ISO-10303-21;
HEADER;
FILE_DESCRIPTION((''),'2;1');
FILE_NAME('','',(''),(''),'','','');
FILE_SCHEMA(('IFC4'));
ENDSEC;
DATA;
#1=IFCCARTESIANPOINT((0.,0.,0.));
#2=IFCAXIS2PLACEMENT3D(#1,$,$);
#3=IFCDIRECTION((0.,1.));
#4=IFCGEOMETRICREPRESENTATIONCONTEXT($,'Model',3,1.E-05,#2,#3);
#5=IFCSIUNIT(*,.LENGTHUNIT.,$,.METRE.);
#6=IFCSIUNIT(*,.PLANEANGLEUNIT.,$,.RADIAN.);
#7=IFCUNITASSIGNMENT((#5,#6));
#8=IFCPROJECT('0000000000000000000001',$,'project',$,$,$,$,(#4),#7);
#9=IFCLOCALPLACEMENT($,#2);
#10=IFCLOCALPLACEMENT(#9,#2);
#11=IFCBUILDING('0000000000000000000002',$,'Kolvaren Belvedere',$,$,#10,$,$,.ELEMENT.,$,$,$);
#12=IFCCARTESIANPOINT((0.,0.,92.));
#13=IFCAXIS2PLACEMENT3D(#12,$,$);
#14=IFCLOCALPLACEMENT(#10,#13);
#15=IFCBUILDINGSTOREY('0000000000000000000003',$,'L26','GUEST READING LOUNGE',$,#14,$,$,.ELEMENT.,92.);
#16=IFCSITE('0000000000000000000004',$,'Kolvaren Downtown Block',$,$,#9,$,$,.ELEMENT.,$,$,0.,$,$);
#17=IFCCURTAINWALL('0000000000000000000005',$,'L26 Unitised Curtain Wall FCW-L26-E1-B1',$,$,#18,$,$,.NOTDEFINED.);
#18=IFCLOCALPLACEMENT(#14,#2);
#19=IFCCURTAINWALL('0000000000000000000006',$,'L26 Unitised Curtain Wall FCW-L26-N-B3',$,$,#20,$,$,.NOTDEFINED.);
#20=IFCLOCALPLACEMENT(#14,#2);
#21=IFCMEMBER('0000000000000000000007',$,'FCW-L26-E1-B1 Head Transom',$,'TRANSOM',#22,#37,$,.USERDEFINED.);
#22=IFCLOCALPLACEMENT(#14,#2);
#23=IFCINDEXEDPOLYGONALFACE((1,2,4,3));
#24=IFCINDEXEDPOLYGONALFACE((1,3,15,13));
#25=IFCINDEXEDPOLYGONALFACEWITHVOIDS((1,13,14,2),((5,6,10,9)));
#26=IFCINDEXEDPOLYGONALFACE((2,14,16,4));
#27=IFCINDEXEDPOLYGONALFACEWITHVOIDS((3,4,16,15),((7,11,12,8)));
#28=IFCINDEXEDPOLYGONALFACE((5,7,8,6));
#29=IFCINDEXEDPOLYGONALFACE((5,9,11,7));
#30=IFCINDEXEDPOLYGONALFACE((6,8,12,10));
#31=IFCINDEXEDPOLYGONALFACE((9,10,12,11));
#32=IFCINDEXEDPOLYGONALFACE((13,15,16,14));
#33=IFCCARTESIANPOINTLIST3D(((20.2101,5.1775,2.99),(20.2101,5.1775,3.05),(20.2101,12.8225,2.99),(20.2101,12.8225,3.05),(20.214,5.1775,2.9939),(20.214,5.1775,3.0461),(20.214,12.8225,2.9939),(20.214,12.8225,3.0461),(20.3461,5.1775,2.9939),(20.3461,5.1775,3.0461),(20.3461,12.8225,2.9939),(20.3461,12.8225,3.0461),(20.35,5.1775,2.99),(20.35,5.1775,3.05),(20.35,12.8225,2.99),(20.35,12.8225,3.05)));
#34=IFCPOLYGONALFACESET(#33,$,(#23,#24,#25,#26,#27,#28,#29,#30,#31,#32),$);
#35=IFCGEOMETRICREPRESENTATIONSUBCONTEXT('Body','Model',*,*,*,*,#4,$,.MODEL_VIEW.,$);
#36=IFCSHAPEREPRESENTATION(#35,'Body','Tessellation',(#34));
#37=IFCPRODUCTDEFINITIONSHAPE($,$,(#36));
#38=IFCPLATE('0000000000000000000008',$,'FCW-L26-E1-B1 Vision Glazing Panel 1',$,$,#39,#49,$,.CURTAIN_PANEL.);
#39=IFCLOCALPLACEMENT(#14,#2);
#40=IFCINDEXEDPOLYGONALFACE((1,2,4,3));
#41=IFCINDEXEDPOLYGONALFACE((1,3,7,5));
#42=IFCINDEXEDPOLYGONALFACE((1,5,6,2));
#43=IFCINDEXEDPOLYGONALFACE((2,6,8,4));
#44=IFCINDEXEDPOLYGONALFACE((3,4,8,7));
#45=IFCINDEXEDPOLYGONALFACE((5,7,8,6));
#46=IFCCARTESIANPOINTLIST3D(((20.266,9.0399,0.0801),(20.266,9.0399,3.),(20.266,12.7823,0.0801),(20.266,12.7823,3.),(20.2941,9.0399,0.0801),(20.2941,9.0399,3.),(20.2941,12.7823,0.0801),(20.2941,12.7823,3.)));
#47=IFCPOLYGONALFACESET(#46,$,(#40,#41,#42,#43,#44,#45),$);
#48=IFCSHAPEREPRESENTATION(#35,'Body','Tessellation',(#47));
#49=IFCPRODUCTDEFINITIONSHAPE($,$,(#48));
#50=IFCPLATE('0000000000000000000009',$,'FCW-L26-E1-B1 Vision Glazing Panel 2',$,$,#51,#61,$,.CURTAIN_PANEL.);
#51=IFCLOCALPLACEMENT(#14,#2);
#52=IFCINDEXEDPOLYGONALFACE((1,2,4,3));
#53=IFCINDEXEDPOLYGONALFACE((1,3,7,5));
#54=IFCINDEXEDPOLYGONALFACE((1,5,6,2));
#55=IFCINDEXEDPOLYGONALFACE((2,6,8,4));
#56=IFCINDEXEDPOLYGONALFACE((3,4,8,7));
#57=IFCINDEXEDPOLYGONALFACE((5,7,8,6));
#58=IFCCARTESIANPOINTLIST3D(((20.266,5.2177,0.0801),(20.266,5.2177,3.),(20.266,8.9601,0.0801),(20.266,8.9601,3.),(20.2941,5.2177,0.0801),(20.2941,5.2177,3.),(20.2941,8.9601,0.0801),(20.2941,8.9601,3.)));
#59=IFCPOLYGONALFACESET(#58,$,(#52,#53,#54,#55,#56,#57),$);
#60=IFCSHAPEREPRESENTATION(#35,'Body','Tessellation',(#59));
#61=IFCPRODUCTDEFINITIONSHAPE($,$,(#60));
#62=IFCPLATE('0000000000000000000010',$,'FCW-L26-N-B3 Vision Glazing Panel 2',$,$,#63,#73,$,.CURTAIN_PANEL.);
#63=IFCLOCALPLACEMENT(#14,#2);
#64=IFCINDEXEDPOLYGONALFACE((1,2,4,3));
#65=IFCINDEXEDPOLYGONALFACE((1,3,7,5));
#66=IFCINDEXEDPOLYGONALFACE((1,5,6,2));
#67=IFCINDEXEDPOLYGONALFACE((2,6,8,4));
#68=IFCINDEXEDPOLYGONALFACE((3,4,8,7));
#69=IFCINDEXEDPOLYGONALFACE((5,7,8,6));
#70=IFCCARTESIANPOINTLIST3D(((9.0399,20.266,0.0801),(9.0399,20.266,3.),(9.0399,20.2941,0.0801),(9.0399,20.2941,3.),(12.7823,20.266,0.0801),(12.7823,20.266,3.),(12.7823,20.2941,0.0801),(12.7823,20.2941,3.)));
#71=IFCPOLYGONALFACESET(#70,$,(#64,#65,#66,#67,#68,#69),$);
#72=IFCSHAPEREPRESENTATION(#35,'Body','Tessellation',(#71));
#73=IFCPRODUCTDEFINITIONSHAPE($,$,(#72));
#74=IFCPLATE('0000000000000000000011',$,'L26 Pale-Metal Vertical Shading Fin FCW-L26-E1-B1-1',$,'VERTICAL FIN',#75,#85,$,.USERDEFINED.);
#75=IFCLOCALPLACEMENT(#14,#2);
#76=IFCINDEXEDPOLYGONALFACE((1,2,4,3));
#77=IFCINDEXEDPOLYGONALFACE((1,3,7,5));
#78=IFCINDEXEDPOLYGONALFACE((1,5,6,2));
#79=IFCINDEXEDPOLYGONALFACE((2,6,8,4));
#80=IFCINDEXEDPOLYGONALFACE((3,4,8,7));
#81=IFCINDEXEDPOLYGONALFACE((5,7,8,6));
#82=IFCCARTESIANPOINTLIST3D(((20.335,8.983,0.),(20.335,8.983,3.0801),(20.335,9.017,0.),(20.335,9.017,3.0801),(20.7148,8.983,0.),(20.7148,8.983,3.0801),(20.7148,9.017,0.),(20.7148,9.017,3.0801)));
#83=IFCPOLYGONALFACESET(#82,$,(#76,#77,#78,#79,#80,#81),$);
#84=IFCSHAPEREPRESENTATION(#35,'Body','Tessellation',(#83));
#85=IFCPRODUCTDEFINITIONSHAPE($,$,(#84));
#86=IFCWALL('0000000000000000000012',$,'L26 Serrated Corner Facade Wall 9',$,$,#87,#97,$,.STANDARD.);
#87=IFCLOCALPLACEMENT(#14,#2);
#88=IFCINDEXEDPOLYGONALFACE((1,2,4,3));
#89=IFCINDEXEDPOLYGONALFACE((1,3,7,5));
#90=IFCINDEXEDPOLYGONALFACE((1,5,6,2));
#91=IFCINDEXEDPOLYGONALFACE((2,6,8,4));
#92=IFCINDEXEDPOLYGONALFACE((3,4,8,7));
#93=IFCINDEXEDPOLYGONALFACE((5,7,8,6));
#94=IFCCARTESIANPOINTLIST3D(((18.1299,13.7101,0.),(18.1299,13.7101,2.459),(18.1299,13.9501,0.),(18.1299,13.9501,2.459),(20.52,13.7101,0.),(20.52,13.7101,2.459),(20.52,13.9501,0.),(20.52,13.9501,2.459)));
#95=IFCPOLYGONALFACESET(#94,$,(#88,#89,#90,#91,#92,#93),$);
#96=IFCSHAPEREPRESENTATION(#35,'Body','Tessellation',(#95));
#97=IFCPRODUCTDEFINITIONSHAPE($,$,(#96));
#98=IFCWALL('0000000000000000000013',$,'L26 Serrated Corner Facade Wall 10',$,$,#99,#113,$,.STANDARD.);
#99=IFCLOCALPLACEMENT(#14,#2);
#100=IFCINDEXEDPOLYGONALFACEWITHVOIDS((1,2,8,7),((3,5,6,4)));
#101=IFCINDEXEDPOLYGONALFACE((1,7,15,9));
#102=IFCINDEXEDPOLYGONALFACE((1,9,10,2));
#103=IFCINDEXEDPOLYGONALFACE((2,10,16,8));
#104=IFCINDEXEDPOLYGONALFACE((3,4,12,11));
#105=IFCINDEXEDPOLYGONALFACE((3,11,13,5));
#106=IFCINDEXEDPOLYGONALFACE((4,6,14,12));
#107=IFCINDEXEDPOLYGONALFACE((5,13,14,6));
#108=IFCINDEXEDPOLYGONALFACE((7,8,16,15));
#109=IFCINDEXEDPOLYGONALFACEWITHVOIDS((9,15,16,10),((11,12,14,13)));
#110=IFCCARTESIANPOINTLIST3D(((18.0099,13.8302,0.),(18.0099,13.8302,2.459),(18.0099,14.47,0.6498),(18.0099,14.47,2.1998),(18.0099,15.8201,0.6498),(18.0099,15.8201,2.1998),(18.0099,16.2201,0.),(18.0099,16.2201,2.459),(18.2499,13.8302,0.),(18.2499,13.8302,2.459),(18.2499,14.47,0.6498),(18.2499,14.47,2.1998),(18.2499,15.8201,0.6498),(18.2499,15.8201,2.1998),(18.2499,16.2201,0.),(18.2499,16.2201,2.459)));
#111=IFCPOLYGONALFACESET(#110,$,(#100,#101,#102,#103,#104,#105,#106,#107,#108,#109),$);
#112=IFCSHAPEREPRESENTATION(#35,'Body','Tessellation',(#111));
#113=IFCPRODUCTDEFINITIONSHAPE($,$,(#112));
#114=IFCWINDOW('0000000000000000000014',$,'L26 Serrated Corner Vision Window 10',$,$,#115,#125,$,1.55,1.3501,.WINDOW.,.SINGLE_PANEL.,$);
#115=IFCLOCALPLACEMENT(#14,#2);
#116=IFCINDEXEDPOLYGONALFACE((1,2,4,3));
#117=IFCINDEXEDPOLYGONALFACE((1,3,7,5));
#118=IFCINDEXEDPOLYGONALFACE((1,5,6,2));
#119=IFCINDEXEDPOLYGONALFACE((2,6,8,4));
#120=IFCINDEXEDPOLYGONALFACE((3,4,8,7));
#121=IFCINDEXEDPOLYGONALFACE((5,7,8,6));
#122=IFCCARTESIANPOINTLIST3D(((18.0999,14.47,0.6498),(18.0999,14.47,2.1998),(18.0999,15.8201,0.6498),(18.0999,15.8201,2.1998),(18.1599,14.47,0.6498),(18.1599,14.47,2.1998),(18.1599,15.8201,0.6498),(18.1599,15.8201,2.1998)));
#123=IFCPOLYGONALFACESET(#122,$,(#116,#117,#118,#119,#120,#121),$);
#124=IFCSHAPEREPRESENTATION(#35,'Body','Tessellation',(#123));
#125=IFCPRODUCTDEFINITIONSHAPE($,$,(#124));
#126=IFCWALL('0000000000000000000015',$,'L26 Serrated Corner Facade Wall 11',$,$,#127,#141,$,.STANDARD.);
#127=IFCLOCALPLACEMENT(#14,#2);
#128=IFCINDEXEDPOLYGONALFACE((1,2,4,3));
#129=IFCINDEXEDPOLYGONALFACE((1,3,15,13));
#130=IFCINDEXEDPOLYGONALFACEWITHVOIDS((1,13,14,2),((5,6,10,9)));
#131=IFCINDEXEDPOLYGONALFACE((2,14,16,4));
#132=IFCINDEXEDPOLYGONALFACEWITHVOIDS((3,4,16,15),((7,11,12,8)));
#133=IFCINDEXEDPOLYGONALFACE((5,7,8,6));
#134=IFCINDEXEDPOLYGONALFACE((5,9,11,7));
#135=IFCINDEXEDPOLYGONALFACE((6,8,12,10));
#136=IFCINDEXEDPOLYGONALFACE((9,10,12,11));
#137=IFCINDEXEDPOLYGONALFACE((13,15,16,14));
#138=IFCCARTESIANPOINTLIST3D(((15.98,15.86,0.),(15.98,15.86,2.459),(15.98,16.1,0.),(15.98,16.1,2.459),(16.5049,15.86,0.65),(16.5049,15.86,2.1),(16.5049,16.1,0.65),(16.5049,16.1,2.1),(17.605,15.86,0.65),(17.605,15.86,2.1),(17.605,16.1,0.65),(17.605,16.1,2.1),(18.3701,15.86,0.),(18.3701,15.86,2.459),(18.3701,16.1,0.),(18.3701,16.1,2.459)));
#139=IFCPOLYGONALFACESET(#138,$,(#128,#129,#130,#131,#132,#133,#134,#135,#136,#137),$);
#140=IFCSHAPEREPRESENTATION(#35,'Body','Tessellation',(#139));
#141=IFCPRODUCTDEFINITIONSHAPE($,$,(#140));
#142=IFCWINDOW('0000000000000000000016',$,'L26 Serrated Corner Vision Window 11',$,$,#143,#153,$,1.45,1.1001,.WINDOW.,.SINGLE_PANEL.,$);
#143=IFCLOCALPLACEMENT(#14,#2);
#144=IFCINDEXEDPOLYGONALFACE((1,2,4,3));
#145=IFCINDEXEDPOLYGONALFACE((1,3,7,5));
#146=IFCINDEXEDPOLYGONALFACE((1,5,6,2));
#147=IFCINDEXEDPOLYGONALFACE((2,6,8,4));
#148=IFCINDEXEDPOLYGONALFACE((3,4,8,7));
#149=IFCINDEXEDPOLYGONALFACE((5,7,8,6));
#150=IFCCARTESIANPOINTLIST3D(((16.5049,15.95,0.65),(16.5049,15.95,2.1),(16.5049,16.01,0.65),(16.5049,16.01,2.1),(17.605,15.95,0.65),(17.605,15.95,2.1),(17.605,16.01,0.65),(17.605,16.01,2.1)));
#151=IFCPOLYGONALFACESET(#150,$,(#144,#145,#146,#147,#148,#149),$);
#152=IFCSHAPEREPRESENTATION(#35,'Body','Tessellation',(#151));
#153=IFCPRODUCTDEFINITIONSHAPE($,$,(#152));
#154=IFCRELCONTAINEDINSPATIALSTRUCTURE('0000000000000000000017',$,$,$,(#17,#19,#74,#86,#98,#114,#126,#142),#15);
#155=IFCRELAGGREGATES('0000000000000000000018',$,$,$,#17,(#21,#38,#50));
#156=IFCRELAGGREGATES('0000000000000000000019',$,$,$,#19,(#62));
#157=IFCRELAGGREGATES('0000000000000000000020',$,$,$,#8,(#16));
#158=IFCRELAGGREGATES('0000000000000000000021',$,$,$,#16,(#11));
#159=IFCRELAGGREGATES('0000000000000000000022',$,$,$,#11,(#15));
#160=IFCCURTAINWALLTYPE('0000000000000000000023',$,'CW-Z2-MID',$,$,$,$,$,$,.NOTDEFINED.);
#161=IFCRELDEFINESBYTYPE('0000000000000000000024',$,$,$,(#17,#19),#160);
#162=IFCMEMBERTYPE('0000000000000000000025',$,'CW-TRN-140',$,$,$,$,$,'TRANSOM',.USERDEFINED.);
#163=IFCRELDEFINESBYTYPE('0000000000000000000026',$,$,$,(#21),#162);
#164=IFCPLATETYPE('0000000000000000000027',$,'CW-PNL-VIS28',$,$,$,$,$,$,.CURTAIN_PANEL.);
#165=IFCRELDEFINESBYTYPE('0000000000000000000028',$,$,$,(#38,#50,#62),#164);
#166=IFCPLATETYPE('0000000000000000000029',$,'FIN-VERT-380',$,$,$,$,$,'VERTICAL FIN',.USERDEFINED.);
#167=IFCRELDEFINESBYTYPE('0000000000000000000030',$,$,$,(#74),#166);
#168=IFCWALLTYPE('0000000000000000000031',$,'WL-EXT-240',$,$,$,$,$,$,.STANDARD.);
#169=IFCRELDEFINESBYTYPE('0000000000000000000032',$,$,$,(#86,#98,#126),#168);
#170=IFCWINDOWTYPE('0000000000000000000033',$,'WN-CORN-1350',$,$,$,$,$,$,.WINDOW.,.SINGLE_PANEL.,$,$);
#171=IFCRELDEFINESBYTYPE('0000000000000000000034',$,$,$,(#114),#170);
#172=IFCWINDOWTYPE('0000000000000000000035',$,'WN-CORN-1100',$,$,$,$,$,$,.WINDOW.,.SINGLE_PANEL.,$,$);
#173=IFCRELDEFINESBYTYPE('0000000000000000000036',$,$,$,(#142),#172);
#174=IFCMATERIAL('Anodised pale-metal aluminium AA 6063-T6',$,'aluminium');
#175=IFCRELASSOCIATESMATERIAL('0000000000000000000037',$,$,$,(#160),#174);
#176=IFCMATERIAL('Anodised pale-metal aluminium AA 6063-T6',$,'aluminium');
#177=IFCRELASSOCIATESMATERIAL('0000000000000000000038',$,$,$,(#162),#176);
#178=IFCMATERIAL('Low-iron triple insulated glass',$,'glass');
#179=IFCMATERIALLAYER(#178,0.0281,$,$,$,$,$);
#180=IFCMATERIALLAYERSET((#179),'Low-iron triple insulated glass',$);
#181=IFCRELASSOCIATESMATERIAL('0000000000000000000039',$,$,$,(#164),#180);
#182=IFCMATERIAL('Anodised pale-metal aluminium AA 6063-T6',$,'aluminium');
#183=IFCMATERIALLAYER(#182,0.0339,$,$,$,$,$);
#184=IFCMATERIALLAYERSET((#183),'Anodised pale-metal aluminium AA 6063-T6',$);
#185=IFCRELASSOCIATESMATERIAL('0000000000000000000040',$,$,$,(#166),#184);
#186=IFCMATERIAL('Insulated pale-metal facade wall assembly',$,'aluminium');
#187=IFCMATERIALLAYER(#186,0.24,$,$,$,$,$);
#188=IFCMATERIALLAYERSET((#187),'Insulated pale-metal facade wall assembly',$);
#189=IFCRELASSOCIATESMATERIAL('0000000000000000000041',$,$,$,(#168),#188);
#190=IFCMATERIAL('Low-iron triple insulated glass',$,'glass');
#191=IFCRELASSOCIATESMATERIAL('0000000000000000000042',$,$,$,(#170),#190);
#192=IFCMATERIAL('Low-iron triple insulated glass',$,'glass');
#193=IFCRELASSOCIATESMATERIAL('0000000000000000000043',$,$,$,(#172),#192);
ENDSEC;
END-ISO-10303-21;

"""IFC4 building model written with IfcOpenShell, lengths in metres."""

from ifc_helpers import new_model, si_unit, direction, frame, frame_2d, origin, origin_2d, place, context, subcontext, project, spatial, rectangle, hollow_rectangle, extrude, material, layer, layer_set, material_profile, profile_set, type_object, element, fill, aggregate, save


model = new_model("IFC4")

# Units and contexts
model_context = context("Model", 3, precision=1e-05, world=origin(), true_north=direction((0.0, 1.0)))
body_context = subcontext(model_context, "Body", "Model", "MODEL_VIEW")
ifc_project = project(units=[si_unit("LENGTHUNIT", "METRE"), si_unit("PLANEANGLEUNIT", "RADIAN")], contexts=[model_context])

# Site, building, storey
site_placement = place(None, origin())
site = spatial("IfcSite", under=ifc_project, at=site_placement, Name="Kolvaren Downtown Block", CompositionType="ELEMENT", RefElevation=0.0)
building_placement = place(site_placement, origin())
building = spatial("IfcBuilding", under=site, at=building_placement, Name="Kolvaren Belvedere", CompositionType="ELEMENT")
storey_placement = place(building_placement, frame((0.0, 0.0, 92.0)))
storey = spatial("IfcBuildingStorey", under=building, at=storey_placement, Name="L26", Description="GUEST READING LOUNGE", CompositionType="ELEMENT", Elevation=92.0)

# Curtain wall
ifc_material_1 = material(Name="Anodised pale-metal aluminium AA 6063-T6", Category="aluminium")
curtain_wall_type = type_object("IfcCurtainWallType", Name="CW-Z2-MID", PredefinedType="NOTDEFINED", material=ifc_material_1)
curtain_wall_1_placement = place(storey_placement, origin())
curtain_wall_1 = element("IfcCurtainWall", 1, at=curtain_wall_1_placement, inside=storey, type_object=curtain_wall_type, Name="L26 Unitised Curtain Wall FCW-L26-E1-B1", PredefinedType="NOTDEFINED")

# Curtain wall
curtain_wall_2_placement = place(storey_placement, origin())
curtain_wall_2 = element("IfcCurtainWall", 2, at=curtain_wall_2_placement, inside=storey, type_object=curtain_wall_type, Name="L26 Unitised Curtain Wall FCW-L26-N-B3", PredefinedType="NOTDEFINED")

# Member
ifc_material_2 = material(Name="Anodised pale-metal aluminium AA 6063-T6", Category="aluminium")
ifc_material_profile_1 = material_profile(ifc_material_2, hollow_rectangle(XDim=0.0601, YDim=0.1399, WallThickness=0.0039, at=origin_2d()), Name="ALU-TRN-140X60")
ifc_profile_set_1 = profile_set([ifc_material_profile_1], Name="Anodised pale-metal aluminium AA 6063-T6")
member_type_1 = type_object("IfcMemberType", Name="CW-TRN-140", ElementType="TRANSOM", PredefinedType="USERDEFINED", material=ifc_profile_set_1)
member_1_placement = place(storey_placement, frame((20.28, 12.8225, 3.02), z_axis=(0.0, -1.0, 0.0), x_axis=(0.0, 0.0, 1.0)))
member_1 = element("IfcMember", 3, at=member_1_placement, type_object=member_type_1, Name="FCW-L26-E1-B1 Head Transom", ObjectType="TRANSOM", PredefinedType="USERDEFINED", context=body_context, shape_type="SweptSolid", body=[
    extrude(hollow_rectangle(XDim=0.0601, YDim=0.1399, WallThickness=0.0039, at=origin_2d()), origin(), (0.0, 0.0, 1.0), 7.645),
])

# Plates
ifc_material_3 = material(Name="Low-iron triple insulated glass", Category="glass")
ifc_layer_1 = layer(ifc_material_3, 0.0281)
ifc_layer_set_1 = layer_set([ifc_layer_1], Name="Low-iron triple insulated glass")
plate_type_1 = type_object("IfcPlateType", Name="CW-PNL-VIS28", PredefinedType="CURTAIN_PANEL", material=ifc_layer_set_1)
plate_1_placement = place(storey_placement, frame((20.28, 10.9111, 0.0801), z_axis=(0.0, 0.0, 1.0), x_axis=(0.0, -1.0, 0.0)))
plate_1 = element("IfcPlate", 4, at=plate_1_placement, type_object=plate_type_1, Name="FCW-L26-E1-B1 Vision Glazing Panel 1", PredefinedType="CURTAIN_PANEL", context=body_context, shape_type="SweptSolid", body=[
    extrude(rectangle(XDim=3.7424, YDim=0.0281, at=origin_2d()), origin(), (0.0, 0.0, 1.0), 2.9199),
])
plate_2_placement = place(storey_placement, frame((20.28, 7.0889, 0.0801), z_axis=(0.0, 0.0, 1.0), x_axis=(0.0, -1.0, 0.0)))
plate_2 = element("IfcPlate", 5, at=plate_2_placement, type_object=plate_type_1, Name="FCW-L26-E1-B1 Vision Glazing Panel 2", PredefinedType="CURTAIN_PANEL", context=body_context, shape_type="SweptSolid", body=[
    extrude(rectangle(XDim=3.7424, YDim=0.0281, at=origin_2d()), origin(), (0.0, 0.0, 1.0), 2.9199),
])
aggregate(curtain_wall_1, [member_1, plate_1, plate_2])
plate_3_placement = place(storey_placement, frame((10.9111, 20.28, 0.0801), z_axis=(0.0, 0.0, 1.0), x_axis=(1.0, 0.0, 0.0)))
plate_3 = element("IfcPlate", 6, at=plate_3_placement, type_object=plate_type_1, Name="FCW-L26-N-B3 Vision Glazing Panel 2", PredefinedType="CURTAIN_PANEL", context=body_context, shape_type="SweptSolid", body=[
    extrude(rectangle(XDim=3.7424, YDim=0.0281, at=origin_2d()), origin(), (0.0, 0.0, 1.0), 2.9199),
])
aggregate(curtain_wall_2, [plate_3])
ifc_material_4 = material(Name="Anodised pale-metal aluminium AA 6063-T6", Category="aluminium")
ifc_layer_2 = layer(ifc_material_4, 0.0339)
ifc_layer_set_2 = layer_set([ifc_layer_2], Name="Anodised pale-metal aluminium AA 6063-T6")
plate_type_2 = type_object("IfcPlateType", Name="FIN-VERT-380", ElementType="VERTICAL FIN", PredefinedType="USERDEFINED", material=ifc_layer_set_2)
plate_4_placement = place(storey_placement, frame((20.5249, 9.0, 0.0), z_axis=(0.0, 0.0, 1.0), x_axis=(1.0, 0.0, 0.0)))
element("IfcPlate", 7, at=plate_4_placement, inside=storey, type_object=plate_type_2, Name="L26 Pale-Metal Vertical Shading Fin FCW-L26-E1-B1-1", ObjectType="VERTICAL FIN", PredefinedType="USERDEFINED", context=body_context, shape_type="SweptSolid", body=[
    extrude(rectangle(XDim=0.3799, YDim=0.0339, at=origin_2d()), origin(), (0.0, 0.0, 1.0), 3.0801),
])

# Wall
ifc_material_5 = material(Name="Insulated pale-metal facade wall assembly", Category="aluminium")
ifc_layer_3 = layer(ifc_material_5, 0.24)
ifc_layer_set_3 = layer_set([ifc_layer_3], Name="Insulated pale-metal facade wall assembly")
wall_type_1 = type_object("IfcWallType", Name="WL-EXT-240", PredefinedType="STANDARD", material=ifc_layer_set_3)
wall_1_placement = place(storey_placement, frame((18.1299, 13.8301, 0.0), z_axis=(0.0, 0.0, 1.0), x_axis=(1.0, 0.0, 0.0)))
element("IfcWall", 8, at=wall_1_placement, inside=storey, type_object=wall_type_1, Name="L26 Serrated Corner Facade Wall 9", PredefinedType="STANDARD", context=body_context, shape_type="SweptSolid", body=[
    extrude(rectangle(XDim=2.3901, YDim=0.24, at=frame_2d((1.1951, 0.0))), origin(), (0.0, 0.0, 1.0), 2.459),
])

# Walls, openings, windows
wall_2_placement = place(storey_placement, frame((18.1299, 16.22, 0.0), z_axis=(0.0, 0.0, 1.0), x_axis=(0.0, -1.0, 0.0)))
wall_2 = element("IfcWall", 9, at=wall_2_placement, inside=storey, type_object=wall_type_1, Name="L26 Serrated Corner Facade Wall 10", PredefinedType="STANDARD", context=body_context, shape_type="SweptSolid", body=[
    extrude(rectangle(XDim=2.3899, YDim=0.24, at=frame_2d((1.1948, 0.0))), origin(), (0.0, 0.0, 1.0), 2.459),
])
opening_1_placement = place(wall_2_placement, frame((0.3999, 0.0, 0.6499)))
opening_1 = element("IfcOpeningElement", 10, at=opening_1_placement, cuts=wall_2, PredefinedType="OPENING", context=body_context, shape_type="SweptSolid", body=[
    extrude(rectangle(XDim=1.3501, YDim=1.55, at=frame_2d((0.675, 0.7749))), frame((0.0, 0.1299, 0.0), z_axis=(0.0, -1.0, 0.0), x_axis=(1.0, 0.0, 0.0)), (0.0, 0.0, 1.0), 0.26),
])
ifc_material_6 = material(Name="Low-iron triple insulated glass", Category="glass")
window_type_1 = type_object("IfcWindowType", Name="WN-CORN-1350", PartitioningType="SINGLE_PANEL", PredefinedType="WINDOW", material=ifc_material_6)
window_1_placement = place(opening_1_placement, origin())
window_1 = element("IfcWindow", 11, at=window_1_placement, inside=storey, type_object=window_type_1, Name="L26 Serrated Corner Vision Window 10", OverallHeight=1.55, OverallWidth=1.3501, PartitioningType="SINGLE_PANEL", PredefinedType="WINDOW", context=body_context, shape_type="SweptSolid", body=[
    extrude(rectangle(XDim=1.3501, YDim=1.55, at=frame_2d((0.675, 0.7749))), frame((0.0, 0.03, 0.0), z_axis=(0.0, -1.0, 0.0), x_axis=(1.0, 0.0, 0.0)), (0.0, 0.0, 1.0), 0.0601),
])
fill(opening_1, window_1)
wall_3_placement = place(storey_placement, frame((15.98, 15.98, 0.0), z_axis=(0.0, 0.0, 1.0), x_axis=(1.0, 0.0, 0.0)))
wall_3 = element("IfcWall", 12, at=wall_3_placement, inside=storey, type_object=wall_type_1, Name="L26 Serrated Corner Facade Wall 11", PredefinedType="STANDARD", context=body_context, shape_type="SweptSolid", body=[
    extrude(rectangle(XDim=2.3901, YDim=0.24, at=frame_2d((1.1951, 0.0))), origin(), (0.0, 0.0, 1.0), 2.459),
])
opening_2_placement = place(wall_3_placement, frame((0.5249, 0.0, 0.6499)))
opening_2 = element("IfcOpeningElement", 13, at=opening_2_placement, cuts=wall_3, PredefinedType="OPENING", context=body_context, shape_type="SweptSolid", body=[
    extrude(rectangle(XDim=1.1001, YDim=1.45, at=frame_2d((0.55, 0.7251))), frame((0.0, 0.1299, 0.0), z_axis=(0.0, -1.0, 0.0), x_axis=(1.0, 0.0, 0.0)), (0.0, 0.0, 1.0), 0.26),
])
ifc_material_7 = material(Name="Low-iron triple insulated glass", Category="glass")
window_type_2 = type_object("IfcWindowType", Name="WN-CORN-1100", PartitioningType="SINGLE_PANEL", PredefinedType="WINDOW", material=ifc_material_7)
window_2_placement = place(opening_2_placement, origin())
window_2 = element("IfcWindow", 14, at=window_2_placement, inside=storey, type_object=window_type_2, Name="L26 Serrated Corner Vision Window 11", OverallHeight=1.45, OverallWidth=1.1001, PartitioningType="SINGLE_PANEL", PredefinedType="WINDOW", context=body_context, shape_type="SweptSolid", body=[
    extrude(rectangle(XDim=1.1001, YDim=1.45, at=frame_2d((0.55, 0.7251))), frame((0.0, 0.03, 0.0), z_axis=(0.0, -1.0, 0.0), x_axis=(1.0, 0.0, 0.0)), (0.0, 0.0, 1.0), 0.0601),
])
fill(opening_2, window_2)

save(model, "model.ifc")
